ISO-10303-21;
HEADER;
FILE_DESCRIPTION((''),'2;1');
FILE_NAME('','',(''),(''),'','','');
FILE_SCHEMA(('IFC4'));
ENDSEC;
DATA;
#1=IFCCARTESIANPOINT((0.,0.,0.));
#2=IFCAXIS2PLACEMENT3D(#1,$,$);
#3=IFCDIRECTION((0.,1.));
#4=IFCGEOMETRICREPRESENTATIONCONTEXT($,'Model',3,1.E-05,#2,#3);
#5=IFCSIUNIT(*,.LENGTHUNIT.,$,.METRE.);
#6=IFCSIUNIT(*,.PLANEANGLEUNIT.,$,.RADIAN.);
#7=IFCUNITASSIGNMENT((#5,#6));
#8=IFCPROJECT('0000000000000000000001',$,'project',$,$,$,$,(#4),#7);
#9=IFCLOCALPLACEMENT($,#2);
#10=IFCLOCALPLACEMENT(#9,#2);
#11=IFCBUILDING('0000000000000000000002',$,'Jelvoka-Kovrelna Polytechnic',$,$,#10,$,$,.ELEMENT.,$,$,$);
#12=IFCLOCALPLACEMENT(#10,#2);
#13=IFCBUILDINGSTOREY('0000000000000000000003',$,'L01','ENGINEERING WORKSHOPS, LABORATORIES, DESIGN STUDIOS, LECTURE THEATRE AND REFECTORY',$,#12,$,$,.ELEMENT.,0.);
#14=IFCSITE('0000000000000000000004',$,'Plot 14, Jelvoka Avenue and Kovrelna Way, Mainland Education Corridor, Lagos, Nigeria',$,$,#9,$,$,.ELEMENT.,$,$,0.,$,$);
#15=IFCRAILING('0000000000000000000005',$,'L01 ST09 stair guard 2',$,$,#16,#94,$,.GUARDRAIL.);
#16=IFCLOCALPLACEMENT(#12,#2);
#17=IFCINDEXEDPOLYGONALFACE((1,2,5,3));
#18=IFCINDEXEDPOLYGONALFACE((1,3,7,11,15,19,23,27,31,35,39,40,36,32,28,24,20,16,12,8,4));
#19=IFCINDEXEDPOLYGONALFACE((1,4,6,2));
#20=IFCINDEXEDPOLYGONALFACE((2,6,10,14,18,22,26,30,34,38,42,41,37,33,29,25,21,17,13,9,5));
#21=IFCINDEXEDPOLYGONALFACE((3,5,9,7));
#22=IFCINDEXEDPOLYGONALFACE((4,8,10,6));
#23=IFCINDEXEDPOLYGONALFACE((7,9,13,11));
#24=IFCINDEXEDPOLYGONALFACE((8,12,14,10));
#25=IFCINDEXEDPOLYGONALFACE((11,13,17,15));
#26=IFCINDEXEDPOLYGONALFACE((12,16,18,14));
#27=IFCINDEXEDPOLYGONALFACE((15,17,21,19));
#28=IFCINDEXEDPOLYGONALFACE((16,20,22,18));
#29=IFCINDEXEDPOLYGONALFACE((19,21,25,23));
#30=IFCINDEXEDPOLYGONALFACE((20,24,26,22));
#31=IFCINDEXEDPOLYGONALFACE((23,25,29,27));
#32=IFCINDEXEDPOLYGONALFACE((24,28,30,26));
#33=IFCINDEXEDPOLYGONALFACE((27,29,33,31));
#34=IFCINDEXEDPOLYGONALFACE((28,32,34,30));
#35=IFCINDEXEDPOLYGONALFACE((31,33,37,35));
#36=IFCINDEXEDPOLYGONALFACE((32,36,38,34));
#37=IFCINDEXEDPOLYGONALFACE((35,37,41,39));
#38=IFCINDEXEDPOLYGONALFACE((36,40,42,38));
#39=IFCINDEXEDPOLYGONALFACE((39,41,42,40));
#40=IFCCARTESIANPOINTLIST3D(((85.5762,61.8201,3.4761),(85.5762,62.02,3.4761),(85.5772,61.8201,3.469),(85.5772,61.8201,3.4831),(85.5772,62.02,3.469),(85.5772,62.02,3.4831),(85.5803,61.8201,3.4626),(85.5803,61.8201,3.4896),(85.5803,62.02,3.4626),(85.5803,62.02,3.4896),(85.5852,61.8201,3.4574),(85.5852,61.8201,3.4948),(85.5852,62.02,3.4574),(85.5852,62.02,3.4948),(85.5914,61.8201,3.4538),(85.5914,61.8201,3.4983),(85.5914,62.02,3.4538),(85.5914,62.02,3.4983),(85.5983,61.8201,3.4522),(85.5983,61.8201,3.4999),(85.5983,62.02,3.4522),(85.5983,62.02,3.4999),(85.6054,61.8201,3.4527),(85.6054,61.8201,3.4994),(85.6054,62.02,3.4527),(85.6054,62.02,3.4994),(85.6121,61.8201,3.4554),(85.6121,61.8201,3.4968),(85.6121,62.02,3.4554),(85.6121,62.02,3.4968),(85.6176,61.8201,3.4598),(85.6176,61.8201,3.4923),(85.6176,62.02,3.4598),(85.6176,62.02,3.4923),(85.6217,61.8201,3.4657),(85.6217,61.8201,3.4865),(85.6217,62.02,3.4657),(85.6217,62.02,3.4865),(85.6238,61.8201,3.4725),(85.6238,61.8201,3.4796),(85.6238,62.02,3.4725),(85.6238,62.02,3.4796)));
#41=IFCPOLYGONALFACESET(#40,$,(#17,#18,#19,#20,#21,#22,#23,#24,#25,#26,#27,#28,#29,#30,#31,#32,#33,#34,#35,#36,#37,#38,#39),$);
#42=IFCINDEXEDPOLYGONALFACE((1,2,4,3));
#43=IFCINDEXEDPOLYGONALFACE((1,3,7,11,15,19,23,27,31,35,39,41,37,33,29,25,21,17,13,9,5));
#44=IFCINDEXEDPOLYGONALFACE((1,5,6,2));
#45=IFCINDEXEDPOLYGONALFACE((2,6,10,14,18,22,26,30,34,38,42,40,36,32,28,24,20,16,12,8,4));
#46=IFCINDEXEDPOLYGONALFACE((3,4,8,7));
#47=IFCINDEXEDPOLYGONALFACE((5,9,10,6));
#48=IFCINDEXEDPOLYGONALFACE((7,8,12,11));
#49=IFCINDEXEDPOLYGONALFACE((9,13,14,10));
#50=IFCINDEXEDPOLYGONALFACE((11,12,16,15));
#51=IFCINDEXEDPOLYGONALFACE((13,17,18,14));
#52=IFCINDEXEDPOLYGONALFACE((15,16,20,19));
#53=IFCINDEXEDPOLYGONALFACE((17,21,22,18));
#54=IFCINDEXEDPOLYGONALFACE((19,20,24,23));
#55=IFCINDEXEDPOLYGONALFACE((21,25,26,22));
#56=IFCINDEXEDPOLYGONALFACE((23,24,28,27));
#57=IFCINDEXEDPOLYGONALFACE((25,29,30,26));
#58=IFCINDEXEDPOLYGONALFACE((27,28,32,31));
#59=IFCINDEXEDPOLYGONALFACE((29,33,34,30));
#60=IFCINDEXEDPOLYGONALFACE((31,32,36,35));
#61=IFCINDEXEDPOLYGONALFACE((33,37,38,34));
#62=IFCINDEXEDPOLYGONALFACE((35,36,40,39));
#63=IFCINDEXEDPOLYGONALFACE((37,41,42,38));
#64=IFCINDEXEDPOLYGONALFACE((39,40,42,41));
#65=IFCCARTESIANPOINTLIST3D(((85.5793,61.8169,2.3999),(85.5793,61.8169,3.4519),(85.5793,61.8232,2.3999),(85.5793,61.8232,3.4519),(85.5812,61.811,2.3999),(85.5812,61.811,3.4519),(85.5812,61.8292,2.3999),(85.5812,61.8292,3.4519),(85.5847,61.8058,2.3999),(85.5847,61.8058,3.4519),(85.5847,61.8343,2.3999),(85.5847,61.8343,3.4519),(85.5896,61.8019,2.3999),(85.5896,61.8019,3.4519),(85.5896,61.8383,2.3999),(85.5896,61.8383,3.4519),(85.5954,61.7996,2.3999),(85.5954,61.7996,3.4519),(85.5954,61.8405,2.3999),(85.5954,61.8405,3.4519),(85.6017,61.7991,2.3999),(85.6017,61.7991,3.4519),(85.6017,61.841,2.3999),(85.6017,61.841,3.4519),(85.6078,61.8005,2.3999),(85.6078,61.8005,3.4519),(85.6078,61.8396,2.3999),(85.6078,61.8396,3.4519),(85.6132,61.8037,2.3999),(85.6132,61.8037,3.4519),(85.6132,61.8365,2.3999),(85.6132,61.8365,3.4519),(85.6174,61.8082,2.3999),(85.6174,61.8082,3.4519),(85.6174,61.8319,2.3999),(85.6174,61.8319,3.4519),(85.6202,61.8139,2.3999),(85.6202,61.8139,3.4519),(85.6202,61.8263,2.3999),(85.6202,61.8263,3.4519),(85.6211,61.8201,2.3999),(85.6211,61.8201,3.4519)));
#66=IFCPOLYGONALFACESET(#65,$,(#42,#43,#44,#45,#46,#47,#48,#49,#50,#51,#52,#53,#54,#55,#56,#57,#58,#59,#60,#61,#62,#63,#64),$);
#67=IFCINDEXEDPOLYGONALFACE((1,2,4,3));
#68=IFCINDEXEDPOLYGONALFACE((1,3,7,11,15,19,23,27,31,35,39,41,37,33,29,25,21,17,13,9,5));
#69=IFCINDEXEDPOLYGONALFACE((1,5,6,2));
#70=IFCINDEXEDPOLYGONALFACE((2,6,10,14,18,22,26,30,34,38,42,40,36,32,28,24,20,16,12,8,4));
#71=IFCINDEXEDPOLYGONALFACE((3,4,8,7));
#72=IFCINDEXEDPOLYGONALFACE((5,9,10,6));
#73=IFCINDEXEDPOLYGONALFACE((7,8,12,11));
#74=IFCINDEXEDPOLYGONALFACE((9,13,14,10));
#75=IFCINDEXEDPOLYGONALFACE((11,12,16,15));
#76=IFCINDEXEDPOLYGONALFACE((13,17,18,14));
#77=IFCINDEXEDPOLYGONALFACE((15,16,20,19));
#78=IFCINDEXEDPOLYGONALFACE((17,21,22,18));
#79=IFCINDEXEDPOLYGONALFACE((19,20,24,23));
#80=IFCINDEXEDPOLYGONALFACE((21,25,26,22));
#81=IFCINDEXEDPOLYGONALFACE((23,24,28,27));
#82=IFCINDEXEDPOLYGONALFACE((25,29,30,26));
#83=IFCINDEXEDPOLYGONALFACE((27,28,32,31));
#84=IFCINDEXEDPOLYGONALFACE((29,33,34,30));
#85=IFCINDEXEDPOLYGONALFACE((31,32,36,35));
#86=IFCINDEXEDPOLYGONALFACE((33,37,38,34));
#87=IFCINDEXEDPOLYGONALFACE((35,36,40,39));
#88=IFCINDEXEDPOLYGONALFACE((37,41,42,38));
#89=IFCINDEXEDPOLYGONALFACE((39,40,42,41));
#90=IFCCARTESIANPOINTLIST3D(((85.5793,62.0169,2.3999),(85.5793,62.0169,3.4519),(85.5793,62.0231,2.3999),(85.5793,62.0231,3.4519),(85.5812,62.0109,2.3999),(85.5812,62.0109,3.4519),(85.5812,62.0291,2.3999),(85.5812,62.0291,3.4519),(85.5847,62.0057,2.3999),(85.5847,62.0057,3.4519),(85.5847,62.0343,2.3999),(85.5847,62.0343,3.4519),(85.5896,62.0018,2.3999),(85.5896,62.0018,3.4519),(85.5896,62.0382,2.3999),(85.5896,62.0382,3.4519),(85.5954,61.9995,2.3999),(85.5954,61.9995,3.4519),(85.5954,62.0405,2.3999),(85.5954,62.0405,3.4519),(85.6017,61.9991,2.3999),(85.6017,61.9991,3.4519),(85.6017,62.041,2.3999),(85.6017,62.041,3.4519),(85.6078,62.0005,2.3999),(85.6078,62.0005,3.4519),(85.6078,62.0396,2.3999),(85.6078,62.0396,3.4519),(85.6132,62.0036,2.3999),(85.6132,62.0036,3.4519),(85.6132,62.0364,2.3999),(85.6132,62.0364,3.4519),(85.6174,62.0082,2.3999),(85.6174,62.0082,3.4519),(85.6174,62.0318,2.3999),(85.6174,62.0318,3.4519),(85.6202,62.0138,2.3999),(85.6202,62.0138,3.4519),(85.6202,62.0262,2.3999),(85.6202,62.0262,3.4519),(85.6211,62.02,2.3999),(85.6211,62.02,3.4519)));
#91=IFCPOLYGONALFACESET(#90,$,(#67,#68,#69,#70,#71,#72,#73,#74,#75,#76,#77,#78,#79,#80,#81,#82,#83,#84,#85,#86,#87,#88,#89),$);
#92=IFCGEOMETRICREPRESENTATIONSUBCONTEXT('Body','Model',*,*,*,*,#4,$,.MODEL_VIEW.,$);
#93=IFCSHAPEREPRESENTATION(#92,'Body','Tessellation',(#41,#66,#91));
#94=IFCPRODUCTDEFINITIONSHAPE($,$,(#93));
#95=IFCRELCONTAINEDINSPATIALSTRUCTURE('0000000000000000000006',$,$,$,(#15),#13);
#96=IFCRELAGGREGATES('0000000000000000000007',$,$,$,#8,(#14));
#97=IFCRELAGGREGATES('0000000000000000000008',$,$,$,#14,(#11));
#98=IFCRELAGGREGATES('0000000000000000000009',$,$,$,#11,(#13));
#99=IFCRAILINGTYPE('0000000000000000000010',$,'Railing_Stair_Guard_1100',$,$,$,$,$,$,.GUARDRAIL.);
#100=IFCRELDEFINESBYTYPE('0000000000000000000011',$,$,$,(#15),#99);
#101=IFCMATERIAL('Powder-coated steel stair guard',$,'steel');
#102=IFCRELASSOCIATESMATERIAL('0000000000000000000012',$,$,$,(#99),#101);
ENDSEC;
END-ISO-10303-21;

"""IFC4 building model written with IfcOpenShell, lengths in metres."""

from ifc_helpers import new_model, si_unit, direction, frame, origin, origin_2d, place, context, subcontext, project, spatial, circle, extrude, material, type_object, element, save


model = new_model("IFC4")

# Units and contexts
model_context = context("Model", 3, precision=1e-05, world=origin(), true_north=direction((0.0, 1.0)))
body_context = subcontext(model_context, "Body", "Model", "MODEL_VIEW")
ifc_project = project(units=[si_unit("LENGTHUNIT", "METRE"), si_unit("PLANEANGLEUNIT", "RADIAN")], contexts=[model_context])

# Site, building, storey
site_placement = place(None, origin())
site = spatial("IfcSite", under=ifc_project, at=site_placement, Name="Plot 14, Jelvoka Avenue and Kovrelna Way, Mainland Education Corridor, Lagos, Nigeria", CompositionType="ELEMENT", RefElevation=0.0)
building_placement = place(site_placement, origin())
building = spatial("IfcBuilding", under=site, at=building_placement, Name="Jelvoka-Kovrelna Polytechnic", CompositionType="ELEMENT")
storey_placement = place(building_placement, origin())
storey = spatial("IfcBuildingStorey", under=building, at=storey_placement, Name="L01", Description="ENGINEERING WORKSHOPS, LABORATORIES, DESIGN STUDIOS, LECTURE THEATRE AND REFECTORY", CompositionType="ELEMENT", Elevation=0.0)

# Railing
ifc_material_1 = material(Name="Powder-coated steel stair guard", Category="steel")
railing_type_1 = type_object("IfcRailingType", Name="Railing_Stair_Guard_1100", PredefinedType="GUARDRAIL", material=ifc_material_1)
railing_1_placement = place(storey_placement, frame((85.6001, 61.8201, 2.3999)))
element("IfcRailing", 1, at=railing_1_placement, inside=storey, type_object=railing_type_1, Name="L01 ST09 stair guard 2", PredefinedType="GUARDRAIL", context=body_context, shape_type="SweptSolid", body=[
    extrude(circle(Radius=0.0239, at=origin_2d()), frame((0.0, 0.0, 1.0762), z_axis=(0.0, 1.0, 0.0), x_axis=(-1.0, 0.0, 0.0)), (0.0, 0.0, 1.0), 0.2),
    extrude(circle(Radius=0.021, at=origin_2d()), origin(), (0.0, 0.0, 1.0), 1.052),
    extrude(circle(Radius=0.021, at=origin_2d()), frame((0.0, 0.2, 0.0)), (0.0, 0.0, 1.0), 1.052),
])

save(model, "model.ifc")
